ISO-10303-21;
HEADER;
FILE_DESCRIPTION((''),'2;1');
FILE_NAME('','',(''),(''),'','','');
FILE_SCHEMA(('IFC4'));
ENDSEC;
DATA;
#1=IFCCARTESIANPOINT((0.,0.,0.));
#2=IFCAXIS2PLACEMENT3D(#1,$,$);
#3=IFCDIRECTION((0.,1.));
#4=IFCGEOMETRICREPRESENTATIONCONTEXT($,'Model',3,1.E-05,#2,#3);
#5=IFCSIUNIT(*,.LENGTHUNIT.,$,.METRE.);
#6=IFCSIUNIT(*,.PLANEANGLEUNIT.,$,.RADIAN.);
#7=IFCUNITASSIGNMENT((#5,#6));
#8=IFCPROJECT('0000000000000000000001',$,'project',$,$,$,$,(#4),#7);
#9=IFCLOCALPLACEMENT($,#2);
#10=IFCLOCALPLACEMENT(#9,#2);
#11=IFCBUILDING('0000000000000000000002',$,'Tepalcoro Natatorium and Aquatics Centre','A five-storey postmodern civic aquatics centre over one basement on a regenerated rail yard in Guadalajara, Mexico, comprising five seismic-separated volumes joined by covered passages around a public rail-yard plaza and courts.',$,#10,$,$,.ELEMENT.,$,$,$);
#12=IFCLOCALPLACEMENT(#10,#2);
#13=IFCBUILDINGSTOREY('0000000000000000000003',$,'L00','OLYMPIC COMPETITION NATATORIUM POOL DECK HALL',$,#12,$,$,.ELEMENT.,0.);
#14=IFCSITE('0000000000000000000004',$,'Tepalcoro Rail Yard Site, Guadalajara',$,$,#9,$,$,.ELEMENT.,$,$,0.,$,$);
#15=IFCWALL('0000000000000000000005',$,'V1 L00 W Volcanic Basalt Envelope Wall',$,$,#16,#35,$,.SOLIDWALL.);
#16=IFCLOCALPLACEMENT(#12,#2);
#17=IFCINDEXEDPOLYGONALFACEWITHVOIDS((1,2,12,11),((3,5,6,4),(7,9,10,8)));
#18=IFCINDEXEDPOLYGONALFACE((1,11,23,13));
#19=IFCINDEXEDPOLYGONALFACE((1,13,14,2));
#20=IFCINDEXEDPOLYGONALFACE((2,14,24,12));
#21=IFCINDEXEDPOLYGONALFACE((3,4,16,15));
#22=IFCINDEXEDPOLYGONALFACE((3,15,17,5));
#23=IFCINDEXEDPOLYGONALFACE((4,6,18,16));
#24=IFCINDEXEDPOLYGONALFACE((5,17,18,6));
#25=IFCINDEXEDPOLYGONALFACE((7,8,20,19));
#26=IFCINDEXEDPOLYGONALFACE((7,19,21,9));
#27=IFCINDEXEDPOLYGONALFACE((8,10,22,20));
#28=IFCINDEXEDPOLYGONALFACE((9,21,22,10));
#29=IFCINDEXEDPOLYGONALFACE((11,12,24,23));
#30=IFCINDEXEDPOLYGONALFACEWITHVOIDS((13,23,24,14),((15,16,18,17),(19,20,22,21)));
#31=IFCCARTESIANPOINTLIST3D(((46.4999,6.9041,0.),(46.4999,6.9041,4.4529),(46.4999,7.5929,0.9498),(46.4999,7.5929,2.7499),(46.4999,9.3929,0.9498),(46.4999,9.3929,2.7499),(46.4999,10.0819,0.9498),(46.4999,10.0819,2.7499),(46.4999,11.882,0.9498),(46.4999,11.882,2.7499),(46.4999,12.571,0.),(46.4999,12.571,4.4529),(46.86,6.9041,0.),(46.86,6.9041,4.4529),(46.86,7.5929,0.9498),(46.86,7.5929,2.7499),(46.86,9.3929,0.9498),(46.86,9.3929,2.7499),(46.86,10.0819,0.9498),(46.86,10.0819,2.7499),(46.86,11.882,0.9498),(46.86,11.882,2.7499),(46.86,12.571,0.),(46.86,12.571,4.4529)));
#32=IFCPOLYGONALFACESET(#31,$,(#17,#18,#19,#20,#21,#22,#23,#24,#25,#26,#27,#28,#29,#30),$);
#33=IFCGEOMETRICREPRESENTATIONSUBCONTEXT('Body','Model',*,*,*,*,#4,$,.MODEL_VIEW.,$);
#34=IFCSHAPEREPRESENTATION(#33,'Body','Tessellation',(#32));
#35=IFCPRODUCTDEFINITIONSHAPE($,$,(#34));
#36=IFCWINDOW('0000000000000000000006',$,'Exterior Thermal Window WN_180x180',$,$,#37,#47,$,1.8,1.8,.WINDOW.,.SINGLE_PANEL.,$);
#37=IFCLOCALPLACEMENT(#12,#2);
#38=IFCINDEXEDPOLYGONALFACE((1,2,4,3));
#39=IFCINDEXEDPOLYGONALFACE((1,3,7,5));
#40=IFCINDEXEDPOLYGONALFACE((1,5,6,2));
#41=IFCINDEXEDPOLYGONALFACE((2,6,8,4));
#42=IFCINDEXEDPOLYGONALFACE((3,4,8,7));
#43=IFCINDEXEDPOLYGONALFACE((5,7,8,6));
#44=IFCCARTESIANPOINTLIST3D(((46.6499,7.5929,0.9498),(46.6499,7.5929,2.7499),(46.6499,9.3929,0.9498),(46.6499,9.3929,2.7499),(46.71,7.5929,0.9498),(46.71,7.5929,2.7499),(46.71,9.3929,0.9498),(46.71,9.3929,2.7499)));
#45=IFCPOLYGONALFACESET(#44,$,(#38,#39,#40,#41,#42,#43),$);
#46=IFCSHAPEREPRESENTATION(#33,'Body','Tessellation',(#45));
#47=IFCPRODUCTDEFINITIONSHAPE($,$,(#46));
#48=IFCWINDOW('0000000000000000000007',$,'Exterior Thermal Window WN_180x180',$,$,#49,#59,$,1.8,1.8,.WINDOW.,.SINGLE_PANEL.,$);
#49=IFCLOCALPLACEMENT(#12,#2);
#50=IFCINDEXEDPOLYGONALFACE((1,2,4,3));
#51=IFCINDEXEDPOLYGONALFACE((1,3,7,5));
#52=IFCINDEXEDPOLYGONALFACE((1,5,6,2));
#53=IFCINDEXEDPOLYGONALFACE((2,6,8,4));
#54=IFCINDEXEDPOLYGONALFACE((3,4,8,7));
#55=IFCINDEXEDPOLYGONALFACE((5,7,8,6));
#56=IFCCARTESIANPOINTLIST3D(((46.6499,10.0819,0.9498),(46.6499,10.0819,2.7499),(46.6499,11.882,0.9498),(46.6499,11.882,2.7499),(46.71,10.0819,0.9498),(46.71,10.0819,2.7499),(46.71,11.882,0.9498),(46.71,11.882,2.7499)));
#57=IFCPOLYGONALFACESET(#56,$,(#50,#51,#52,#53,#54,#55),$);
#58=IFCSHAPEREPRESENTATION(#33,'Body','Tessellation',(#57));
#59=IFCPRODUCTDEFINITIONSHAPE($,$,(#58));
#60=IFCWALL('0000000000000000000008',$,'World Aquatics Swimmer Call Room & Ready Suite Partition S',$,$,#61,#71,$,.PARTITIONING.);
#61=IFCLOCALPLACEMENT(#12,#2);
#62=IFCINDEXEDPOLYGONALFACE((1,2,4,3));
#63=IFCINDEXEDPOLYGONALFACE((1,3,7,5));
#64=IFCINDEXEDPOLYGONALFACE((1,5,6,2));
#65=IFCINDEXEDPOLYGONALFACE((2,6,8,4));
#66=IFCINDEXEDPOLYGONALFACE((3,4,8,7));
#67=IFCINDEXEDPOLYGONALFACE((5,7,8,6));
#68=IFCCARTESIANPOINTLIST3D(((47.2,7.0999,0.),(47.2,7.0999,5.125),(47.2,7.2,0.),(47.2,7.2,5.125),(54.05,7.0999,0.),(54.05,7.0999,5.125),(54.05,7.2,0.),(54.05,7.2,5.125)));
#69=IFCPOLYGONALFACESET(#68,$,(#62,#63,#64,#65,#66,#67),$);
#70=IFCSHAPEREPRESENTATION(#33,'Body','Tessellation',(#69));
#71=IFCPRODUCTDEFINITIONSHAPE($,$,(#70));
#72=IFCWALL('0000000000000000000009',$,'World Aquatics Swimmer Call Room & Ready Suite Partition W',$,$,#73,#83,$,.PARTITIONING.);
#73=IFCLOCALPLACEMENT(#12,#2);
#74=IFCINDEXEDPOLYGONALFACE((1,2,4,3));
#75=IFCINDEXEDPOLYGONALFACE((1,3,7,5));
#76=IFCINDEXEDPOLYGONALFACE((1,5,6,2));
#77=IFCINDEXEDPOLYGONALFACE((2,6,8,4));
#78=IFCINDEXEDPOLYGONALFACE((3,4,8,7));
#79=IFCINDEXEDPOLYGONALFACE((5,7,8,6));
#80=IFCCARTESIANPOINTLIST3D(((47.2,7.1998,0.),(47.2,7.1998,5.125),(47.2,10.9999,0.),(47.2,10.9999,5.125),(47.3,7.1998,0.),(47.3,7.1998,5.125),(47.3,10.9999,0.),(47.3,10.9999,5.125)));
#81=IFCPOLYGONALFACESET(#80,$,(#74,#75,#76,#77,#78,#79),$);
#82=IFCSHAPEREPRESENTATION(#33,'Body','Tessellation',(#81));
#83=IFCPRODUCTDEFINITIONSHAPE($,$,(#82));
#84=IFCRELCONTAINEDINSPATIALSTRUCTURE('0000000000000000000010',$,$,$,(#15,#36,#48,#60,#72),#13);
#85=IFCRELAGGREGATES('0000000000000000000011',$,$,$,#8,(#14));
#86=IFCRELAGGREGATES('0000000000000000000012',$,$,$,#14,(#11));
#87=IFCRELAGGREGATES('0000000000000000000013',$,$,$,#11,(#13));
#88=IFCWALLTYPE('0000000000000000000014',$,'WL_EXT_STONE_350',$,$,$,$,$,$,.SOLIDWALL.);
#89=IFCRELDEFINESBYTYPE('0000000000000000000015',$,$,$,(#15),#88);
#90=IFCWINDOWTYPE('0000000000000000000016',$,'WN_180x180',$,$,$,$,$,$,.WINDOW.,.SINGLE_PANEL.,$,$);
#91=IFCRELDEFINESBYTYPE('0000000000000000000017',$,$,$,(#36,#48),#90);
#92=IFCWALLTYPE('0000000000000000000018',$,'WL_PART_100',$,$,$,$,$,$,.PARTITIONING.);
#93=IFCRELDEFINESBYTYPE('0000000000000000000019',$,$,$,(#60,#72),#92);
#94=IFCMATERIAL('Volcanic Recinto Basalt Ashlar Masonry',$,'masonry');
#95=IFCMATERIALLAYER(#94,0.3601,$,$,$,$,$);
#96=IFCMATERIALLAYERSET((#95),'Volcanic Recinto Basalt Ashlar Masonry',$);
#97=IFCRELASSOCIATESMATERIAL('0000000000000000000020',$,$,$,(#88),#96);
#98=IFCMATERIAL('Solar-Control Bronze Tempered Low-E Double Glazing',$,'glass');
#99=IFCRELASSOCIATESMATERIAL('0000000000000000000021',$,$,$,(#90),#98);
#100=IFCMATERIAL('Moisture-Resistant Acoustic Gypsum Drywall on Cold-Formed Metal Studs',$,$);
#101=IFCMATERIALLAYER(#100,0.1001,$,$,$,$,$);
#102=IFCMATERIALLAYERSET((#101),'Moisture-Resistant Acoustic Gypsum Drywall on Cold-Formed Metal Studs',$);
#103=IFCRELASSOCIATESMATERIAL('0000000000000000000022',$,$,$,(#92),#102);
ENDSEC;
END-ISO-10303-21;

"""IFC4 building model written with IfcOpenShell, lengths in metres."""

from ifc_helpers import new_model, si_unit, direction, frame, frame_2d, origin, place, context, subcontext, project, spatial, rectangle, extrude, material, layer, layer_set, type_object, element, fill, save


model = new_model("IFC4")

# Units and contexts
model_context = context("Model", 3, precision=1e-05, world=origin(), true_north=direction((0.0, 1.0)))
body_context = subcontext(model_context, "Body", "Model", "MODEL_VIEW")
ifc_project = project(units=[si_unit("LENGTHUNIT", "METRE"), si_unit("PLANEANGLEUNIT", "RADIAN")], contexts=[model_context])

# Site, building, storey
site_placement = place(None, origin())
site = spatial("IfcSite", under=ifc_project, at=site_placement, Name="Tepalcoro Rail Yard Site, Guadalajara", CompositionType="ELEMENT", RefElevation=0.0)
building_placement = place(site_placement, origin())
building = spatial("IfcBuilding", under=site, at=building_placement, Name="Tepalcoro Natatorium and Aquatics Centre", Description="A five-storey postmodern civic aquatics centre over one basement on a regenerated rail yard in Guadalajara, Mexico, comprising five seismic-separated volumes joined by covered passages around a public rail-yard plaza and courts.", CompositionType="ELEMENT")
storey_placement = place(building_placement, origin())
storey = spatial("IfcBuildingStorey", under=building, at=storey_placement, Name="L00", Description="OLYMPIC COMPETITION NATATORIUM POOL DECK HALL", CompositionType="ELEMENT", Elevation=0.0)

# Wall, openings, windows
ifc_material_1 = material(Name="Volcanic Recinto Basalt Ashlar Masonry", Category="masonry")
ifc_layer_1 = layer(ifc_material_1, 0.3601)
ifc_layer_set_1 = layer_set([ifc_layer_1], Name="Volcanic Recinto Basalt Ashlar Masonry")
wall_type_1 = type_object("IfcWallType", Name="WL_EXT_STONE_350", PredefinedType="SOLIDWALL", material=ifc_layer_set_1)
ifc_material_2 = material(Name="Solar-Control Bronze Tempered Low-E Double Glazing", Category="glass")
wall_1_placement = place(storey_placement, frame((46.6799, 6.9041, 0.0), z_axis=(0.0, 0.0, 1.0), x_axis=(0.0, 1.0, 0.0)))
wall_1 = element("IfcWall", 1, at=wall_1_placement, inside=storey, type_object=wall_type_1, Name="V1 L00 W Volcanic Basalt Envelope Wall", PredefinedType="SOLIDWALL", context=body_context, shape_type="SweptSolid", body=[
    extrude(rectangle(XDim=5.667, YDim=0.3601, at=frame_2d((2.8335, 0.0))), origin(), (0.0, 0.0, 1.0), 4.4529),
])
opening_1_placement = place(wall_1_placement, frame((0.689, 0.0, 0.95)))
opening_1 = element("IfcOpeningElement", 2, at=opening_1_placement, cuts=wall_1, PredefinedType="OPENING", context=body_context, shape_type="SweptSolid", body=[
    extrude(rectangle(XDim=1.8, YDim=1.8, at=frame_2d((0.8999, 0.8999))), frame((0.0, 0.1919, 0.0), z_axis=(0.0, -1.0, 0.0), x_axis=(1.0, 0.0, 0.0)), (0.0, 0.0, 1.0), 0.384),
])
opening_2_placement = place(wall_1_placement, frame((3.178, 0.0, 0.95)))
opening_2 = element("IfcOpeningElement", 3, at=opening_2_placement, cuts=wall_1, PredefinedType="OPENING", context=body_context, shape_type="SweptSolid", body=[
    extrude(rectangle(XDim=1.8, YDim=1.8, at=frame_2d((0.8999, 0.8999))), frame((0.0, 0.1919, 0.0), z_axis=(0.0, -1.0, 0.0), x_axis=(1.0, 0.0, 0.0)), (0.0, 0.0, 1.0), 0.384),
])
window_type_1 = type_object("IfcWindowType", Name="WN_180x180", PartitioningType="SINGLE_PANEL", PredefinedType="WINDOW", material=ifc_material_2)
window_1_placement = place(opening_1_placement, origin())
window_1 = element("IfcWindow", 4, at=window_1_placement, inside=storey, type_object=window_type_1, Name="Exterior Thermal Window WN_180x180", OverallHeight=1.8, OverallWidth=1.8, PartitioningType="SINGLE_PANEL", PredefinedType="WINDOW", context=body_context, shape_type="SweptSolid", body=[
    extrude(rectangle(XDim=1.8, YDim=1.8, at=frame_2d((0.8999, 0.8999))), frame((0.0, 0.03, 0.0), z_axis=(0.0, -1.0, 0.0), x_axis=(1.0, 0.0, 0.0)), (0.0, 0.0, 1.0), 0.0601),
])
fill(opening_1, window_1)
window_2_placement = place(opening_2_placement, origin())
window_2 = element("IfcWindow", 5, at=window_2_placement, inside=storey, type_object=window_type_1, Name="Exterior Thermal Window WN_180x180", OverallHeight=1.8, OverallWidth=1.8, PartitioningType="SINGLE_PANEL", PredefinedType="WINDOW", context=body_context, shape_type="SweptSolid", body=[
    extrude(rectangle(XDim=1.8, YDim=1.8, at=frame_2d((0.8999, 0.8999))), frame((0.0, 0.03, 0.0), z_axis=(0.0, -1.0, 0.0), x_axis=(1.0, 0.0, 0.0)), (0.0, 0.0, 1.0), 0.0601),
])
fill(opening_2, window_2)

# Walls
ifc_material_3 = material(Name="Moisture-Resistant Acoustic Gypsum Drywall on Cold-Formed Metal Studs")
ifc_layer_2 = layer(ifc_material_3, 0.1001)
ifc_layer_set_2 = layer_set([ifc_layer_2], Name="Moisture-Resistant Acoustic Gypsum Drywall on Cold-Formed Metal Studs")
wall_type_2 = type_object("IfcWallType", Name="WL_PART_100", PredefinedType="PARTITIONING", material=ifc_layer_set_2)
wall_2_placement = place(storey_placement, frame((47.2, 7.1499, 0.0), z_axis=(0.0, 0.0, 1.0), x_axis=(1.0, 0.0, 0.0)))
element("IfcWall", 6, at=wall_2_placement, inside=storey, type_object=wall_type_2, Name="World Aquatics Swimmer Call Room & Ready Suite Partition S", PredefinedType="PARTITIONING", context=body_context, shape_type="SweptSolid", body=[
    extrude(rectangle(XDim=6.8501, YDim=0.1001, at=frame_2d((3.425, 0.0))), origin(), (0.0, 0.0, 1.0), 5.125),
])
wall_3_placement = place(storey_placement, frame((47.25, 7.2, 0.0), z_axis=(0.0, 0.0, 1.0), x_axis=(0.0, 1.0, 0.0)))
element("IfcWall", 7, at=wall_3_placement, inside=storey, type_object=wall_type_2, Name="World Aquatics Swimmer Call Room & Ready Suite Partition W", PredefinedType="PARTITIONING", context=body_context, shape_type="SweptSolid", body=[
    extrude(rectangle(XDim=3.8, YDim=0.1001, at=frame_2d((1.8999, 0.0))), origin(), (0.0, 0.0, 1.0), 5.125),
])

save(model, "model.ifc")
